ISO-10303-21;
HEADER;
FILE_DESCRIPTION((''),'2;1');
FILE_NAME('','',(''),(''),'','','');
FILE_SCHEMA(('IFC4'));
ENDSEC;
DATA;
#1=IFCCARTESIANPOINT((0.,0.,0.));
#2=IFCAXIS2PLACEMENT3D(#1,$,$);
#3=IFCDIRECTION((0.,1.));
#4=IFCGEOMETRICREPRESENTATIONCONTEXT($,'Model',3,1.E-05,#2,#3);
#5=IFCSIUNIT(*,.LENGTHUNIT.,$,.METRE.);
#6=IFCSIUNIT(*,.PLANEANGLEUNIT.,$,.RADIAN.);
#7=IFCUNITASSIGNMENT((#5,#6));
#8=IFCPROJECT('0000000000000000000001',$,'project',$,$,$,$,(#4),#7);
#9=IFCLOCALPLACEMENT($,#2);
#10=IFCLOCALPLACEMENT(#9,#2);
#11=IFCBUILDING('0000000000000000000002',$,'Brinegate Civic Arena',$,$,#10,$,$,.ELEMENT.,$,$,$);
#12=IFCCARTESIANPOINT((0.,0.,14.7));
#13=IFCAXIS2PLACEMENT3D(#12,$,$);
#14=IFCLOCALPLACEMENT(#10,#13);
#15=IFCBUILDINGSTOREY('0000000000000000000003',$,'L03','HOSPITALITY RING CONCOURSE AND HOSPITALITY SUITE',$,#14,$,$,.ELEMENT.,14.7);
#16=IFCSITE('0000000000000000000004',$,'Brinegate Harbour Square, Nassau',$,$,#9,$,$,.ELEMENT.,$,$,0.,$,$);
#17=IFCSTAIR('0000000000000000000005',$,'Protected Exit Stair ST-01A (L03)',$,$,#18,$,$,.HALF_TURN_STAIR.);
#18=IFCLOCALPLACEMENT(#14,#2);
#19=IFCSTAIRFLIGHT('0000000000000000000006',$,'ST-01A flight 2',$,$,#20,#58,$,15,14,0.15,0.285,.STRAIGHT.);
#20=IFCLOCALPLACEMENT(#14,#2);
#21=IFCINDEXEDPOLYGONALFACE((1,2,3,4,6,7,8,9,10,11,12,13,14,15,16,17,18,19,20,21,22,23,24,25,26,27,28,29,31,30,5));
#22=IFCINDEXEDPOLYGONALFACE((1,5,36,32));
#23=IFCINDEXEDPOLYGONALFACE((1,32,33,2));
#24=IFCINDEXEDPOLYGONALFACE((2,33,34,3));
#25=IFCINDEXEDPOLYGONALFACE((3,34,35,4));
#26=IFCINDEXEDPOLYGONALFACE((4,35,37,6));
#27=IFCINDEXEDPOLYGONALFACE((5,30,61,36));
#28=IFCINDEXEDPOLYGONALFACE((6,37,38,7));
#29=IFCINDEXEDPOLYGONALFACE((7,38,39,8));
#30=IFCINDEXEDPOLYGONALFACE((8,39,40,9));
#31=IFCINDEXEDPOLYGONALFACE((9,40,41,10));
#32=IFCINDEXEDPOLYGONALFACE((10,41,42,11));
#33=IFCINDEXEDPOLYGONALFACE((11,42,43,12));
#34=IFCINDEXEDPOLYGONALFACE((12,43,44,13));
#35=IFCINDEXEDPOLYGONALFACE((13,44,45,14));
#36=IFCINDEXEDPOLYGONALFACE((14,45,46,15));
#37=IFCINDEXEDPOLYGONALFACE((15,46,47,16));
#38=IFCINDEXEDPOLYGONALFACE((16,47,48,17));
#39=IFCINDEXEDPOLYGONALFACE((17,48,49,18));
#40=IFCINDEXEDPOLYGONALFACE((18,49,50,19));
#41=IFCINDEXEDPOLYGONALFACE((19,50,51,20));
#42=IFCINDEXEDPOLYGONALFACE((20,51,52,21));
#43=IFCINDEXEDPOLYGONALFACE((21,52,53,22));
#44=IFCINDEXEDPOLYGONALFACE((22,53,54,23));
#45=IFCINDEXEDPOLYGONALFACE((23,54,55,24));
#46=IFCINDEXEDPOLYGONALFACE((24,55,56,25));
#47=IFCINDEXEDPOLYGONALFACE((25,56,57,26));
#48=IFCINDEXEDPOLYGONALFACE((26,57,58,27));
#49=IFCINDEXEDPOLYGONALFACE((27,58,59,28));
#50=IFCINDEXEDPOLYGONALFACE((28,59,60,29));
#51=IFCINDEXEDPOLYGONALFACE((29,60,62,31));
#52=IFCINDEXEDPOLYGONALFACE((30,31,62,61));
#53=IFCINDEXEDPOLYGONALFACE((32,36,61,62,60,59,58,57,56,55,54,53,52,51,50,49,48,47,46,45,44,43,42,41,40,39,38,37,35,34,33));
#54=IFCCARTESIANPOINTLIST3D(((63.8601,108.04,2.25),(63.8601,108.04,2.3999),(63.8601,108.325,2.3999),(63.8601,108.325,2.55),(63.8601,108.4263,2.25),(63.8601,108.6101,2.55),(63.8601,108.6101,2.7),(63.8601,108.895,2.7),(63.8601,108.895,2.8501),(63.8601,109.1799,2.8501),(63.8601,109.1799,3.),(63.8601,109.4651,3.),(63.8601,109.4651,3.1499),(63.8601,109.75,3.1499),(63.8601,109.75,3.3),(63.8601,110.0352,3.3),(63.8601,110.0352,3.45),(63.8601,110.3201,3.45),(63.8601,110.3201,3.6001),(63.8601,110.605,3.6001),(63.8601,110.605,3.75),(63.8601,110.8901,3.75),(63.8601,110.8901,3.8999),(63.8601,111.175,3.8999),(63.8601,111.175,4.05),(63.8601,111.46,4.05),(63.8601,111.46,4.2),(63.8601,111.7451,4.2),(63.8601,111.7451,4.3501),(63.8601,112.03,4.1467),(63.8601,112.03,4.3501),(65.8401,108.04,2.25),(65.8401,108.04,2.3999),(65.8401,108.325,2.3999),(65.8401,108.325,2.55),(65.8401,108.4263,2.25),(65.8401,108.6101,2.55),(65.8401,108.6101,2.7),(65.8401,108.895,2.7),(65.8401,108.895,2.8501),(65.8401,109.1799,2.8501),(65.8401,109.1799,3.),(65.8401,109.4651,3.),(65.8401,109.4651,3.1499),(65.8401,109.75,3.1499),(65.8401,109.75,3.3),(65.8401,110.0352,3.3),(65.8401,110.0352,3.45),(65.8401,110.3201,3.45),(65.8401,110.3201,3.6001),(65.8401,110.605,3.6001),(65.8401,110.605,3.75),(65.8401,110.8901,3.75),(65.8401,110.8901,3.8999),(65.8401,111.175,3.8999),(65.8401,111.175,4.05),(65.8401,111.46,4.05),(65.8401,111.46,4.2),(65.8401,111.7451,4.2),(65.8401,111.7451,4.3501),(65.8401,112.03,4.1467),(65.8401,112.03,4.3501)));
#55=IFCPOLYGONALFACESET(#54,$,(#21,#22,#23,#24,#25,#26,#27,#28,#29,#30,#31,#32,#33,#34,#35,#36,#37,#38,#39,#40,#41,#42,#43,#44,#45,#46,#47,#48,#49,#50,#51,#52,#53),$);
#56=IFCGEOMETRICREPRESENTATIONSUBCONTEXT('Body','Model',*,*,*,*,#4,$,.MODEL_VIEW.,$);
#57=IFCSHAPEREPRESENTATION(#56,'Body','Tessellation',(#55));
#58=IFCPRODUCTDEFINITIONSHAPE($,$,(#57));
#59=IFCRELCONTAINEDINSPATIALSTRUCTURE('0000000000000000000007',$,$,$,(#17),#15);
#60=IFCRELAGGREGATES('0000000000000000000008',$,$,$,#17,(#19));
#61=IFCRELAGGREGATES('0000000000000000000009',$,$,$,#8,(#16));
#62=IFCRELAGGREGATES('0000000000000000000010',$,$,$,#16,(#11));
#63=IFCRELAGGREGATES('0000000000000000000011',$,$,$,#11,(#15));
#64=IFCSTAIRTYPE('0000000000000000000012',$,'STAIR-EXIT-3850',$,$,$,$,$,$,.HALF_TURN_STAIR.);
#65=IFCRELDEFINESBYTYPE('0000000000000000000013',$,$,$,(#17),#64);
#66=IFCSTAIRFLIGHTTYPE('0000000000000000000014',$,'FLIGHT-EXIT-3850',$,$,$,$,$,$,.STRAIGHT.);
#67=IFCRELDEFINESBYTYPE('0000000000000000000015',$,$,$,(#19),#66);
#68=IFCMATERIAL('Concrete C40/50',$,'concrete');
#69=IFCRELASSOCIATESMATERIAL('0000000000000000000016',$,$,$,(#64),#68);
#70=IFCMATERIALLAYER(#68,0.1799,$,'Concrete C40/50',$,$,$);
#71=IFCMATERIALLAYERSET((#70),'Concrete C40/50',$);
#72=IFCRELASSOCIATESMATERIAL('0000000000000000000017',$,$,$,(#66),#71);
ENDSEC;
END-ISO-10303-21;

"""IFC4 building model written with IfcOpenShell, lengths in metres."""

from ifc_helpers import new_model, si_unit, direction, frame, origin, place, context, subcontext, project, spatial, polyline, outline, extrude, material, layer, layer_set, type_object, element, aggregate, save


model = new_model("IFC4")

# Units and contexts
model_context = context("Model", 3, precision=1e-05, world=origin(), true_north=direction((0.0, 1.0)))
body_context = subcontext(model_context, "Body", "Model", "MODEL_VIEW")
ifc_project = project(units=[si_unit("LENGTHUNIT", "METRE"), si_unit("PLANEANGLEUNIT", "RADIAN")], contexts=[model_context])

# Site, building, storey
site_placement = place(None, origin())
site = spatial("IfcSite", under=ifc_project, at=site_placement, Name="Brinegate Harbour Square, Nassau", CompositionType="ELEMENT", RefElevation=0.0)
building_placement = place(site_placement, origin())
building = spatial("IfcBuilding", under=site, at=building_placement, Name="Brinegate Civic Arena", CompositionType="ELEMENT")
storey_placement = place(building_placement, frame((0.0, 0.0, 14.7)))
storey = spatial("IfcBuildingStorey", under=building, at=storey_placement, Name="L03", Description="HOSPITALITY RING CONCOURSE AND HOSPITALITY SUITE", CompositionType="ELEMENT", Elevation=14.7)

# Stair, stair flight
ifc_material_1 = material(Name="Concrete C40/50", Category="concrete")
stair_type_1 = type_object("IfcStairType", Name="STAIR-EXIT-3850", PredefinedType="HALF_TURN_STAIR", material=ifc_material_1)
stair_1_placement = place(storey_placement, origin())
stair_1 = element("IfcStair", 1, at=stair_1_placement, inside=storey, type_object=stair_type_1, Name="Protected Exit Stair ST-01A (L03)", PredefinedType="HALF_TURN_STAIR")
ifc_layer_1 = layer(ifc_material_1, 0.1799, Name="Concrete C40/50")
ifc_layer_set_1 = layer_set([ifc_layer_1], Name="Concrete C40/50")
stair_flight_type_1 = type_object("IfcStairFlightType", Name="FLIGHT-EXIT-3850", PredefinedType="STRAIGHT", material=ifc_layer_set_1)
stair_flight_1_placement = place(storey_placement, frame((64.8501, 108.04, 2.25), z_axis=(0.0, 0.0, 1.0), x_axis=(0.0, 1.0, 0.0)))
stair_flight_1 = element("IfcStairFlight", 2, at=stair_flight_1_placement, type_object=stair_flight_type_1, Name="ST-01A flight 2", NumberOfRisers=15, NumberOfTreads=14, PredefinedType="STRAIGHT", RiserHeight=0.15, TreadLength=0.285, context=body_context, shape_type="SweptSolid", body=[
    extrude(outline(polyline([(0.0, 0.0), (0.0, 0.1499), (0.2849, 0.1499), (0.2849, 0.3), (0.5701, 0.3), (0.5701, 0.45), (0.855, 0.45), (0.855, 0.6001), (1.1399, 0.6001), (1.1399, 0.75), (1.425, 0.75), (1.425, 0.8999), (1.71, 0.8999), (1.71, 1.05), (1.9951, 1.05), (1.9951, 1.2), (2.28, 1.2), (2.28, 1.3501), (2.5649, 1.3501), (2.5649, 1.5), (2.8501, 1.5), (2.8501, 1.6499), (3.135, 1.6499), (3.135, 1.8), (3.4199, 1.8), (3.4199, 1.95), (3.7051, 1.95), (3.7051, 2.1001), (3.99, 2.1001), (3.99, 2.25), (3.99, 1.8967), (0.3862, 0.0), (0.0, 0.0)])), frame((0.0, 0.99, 0.0), z_axis=(0.0, -1.0, 0.0), x_axis=(1.0, 0.0, 0.0)), (0.0, 0.0, 1.0), 1.98),
])
aggregate(stair_1, [stair_flight_1])

save(model, "model.ifc")
